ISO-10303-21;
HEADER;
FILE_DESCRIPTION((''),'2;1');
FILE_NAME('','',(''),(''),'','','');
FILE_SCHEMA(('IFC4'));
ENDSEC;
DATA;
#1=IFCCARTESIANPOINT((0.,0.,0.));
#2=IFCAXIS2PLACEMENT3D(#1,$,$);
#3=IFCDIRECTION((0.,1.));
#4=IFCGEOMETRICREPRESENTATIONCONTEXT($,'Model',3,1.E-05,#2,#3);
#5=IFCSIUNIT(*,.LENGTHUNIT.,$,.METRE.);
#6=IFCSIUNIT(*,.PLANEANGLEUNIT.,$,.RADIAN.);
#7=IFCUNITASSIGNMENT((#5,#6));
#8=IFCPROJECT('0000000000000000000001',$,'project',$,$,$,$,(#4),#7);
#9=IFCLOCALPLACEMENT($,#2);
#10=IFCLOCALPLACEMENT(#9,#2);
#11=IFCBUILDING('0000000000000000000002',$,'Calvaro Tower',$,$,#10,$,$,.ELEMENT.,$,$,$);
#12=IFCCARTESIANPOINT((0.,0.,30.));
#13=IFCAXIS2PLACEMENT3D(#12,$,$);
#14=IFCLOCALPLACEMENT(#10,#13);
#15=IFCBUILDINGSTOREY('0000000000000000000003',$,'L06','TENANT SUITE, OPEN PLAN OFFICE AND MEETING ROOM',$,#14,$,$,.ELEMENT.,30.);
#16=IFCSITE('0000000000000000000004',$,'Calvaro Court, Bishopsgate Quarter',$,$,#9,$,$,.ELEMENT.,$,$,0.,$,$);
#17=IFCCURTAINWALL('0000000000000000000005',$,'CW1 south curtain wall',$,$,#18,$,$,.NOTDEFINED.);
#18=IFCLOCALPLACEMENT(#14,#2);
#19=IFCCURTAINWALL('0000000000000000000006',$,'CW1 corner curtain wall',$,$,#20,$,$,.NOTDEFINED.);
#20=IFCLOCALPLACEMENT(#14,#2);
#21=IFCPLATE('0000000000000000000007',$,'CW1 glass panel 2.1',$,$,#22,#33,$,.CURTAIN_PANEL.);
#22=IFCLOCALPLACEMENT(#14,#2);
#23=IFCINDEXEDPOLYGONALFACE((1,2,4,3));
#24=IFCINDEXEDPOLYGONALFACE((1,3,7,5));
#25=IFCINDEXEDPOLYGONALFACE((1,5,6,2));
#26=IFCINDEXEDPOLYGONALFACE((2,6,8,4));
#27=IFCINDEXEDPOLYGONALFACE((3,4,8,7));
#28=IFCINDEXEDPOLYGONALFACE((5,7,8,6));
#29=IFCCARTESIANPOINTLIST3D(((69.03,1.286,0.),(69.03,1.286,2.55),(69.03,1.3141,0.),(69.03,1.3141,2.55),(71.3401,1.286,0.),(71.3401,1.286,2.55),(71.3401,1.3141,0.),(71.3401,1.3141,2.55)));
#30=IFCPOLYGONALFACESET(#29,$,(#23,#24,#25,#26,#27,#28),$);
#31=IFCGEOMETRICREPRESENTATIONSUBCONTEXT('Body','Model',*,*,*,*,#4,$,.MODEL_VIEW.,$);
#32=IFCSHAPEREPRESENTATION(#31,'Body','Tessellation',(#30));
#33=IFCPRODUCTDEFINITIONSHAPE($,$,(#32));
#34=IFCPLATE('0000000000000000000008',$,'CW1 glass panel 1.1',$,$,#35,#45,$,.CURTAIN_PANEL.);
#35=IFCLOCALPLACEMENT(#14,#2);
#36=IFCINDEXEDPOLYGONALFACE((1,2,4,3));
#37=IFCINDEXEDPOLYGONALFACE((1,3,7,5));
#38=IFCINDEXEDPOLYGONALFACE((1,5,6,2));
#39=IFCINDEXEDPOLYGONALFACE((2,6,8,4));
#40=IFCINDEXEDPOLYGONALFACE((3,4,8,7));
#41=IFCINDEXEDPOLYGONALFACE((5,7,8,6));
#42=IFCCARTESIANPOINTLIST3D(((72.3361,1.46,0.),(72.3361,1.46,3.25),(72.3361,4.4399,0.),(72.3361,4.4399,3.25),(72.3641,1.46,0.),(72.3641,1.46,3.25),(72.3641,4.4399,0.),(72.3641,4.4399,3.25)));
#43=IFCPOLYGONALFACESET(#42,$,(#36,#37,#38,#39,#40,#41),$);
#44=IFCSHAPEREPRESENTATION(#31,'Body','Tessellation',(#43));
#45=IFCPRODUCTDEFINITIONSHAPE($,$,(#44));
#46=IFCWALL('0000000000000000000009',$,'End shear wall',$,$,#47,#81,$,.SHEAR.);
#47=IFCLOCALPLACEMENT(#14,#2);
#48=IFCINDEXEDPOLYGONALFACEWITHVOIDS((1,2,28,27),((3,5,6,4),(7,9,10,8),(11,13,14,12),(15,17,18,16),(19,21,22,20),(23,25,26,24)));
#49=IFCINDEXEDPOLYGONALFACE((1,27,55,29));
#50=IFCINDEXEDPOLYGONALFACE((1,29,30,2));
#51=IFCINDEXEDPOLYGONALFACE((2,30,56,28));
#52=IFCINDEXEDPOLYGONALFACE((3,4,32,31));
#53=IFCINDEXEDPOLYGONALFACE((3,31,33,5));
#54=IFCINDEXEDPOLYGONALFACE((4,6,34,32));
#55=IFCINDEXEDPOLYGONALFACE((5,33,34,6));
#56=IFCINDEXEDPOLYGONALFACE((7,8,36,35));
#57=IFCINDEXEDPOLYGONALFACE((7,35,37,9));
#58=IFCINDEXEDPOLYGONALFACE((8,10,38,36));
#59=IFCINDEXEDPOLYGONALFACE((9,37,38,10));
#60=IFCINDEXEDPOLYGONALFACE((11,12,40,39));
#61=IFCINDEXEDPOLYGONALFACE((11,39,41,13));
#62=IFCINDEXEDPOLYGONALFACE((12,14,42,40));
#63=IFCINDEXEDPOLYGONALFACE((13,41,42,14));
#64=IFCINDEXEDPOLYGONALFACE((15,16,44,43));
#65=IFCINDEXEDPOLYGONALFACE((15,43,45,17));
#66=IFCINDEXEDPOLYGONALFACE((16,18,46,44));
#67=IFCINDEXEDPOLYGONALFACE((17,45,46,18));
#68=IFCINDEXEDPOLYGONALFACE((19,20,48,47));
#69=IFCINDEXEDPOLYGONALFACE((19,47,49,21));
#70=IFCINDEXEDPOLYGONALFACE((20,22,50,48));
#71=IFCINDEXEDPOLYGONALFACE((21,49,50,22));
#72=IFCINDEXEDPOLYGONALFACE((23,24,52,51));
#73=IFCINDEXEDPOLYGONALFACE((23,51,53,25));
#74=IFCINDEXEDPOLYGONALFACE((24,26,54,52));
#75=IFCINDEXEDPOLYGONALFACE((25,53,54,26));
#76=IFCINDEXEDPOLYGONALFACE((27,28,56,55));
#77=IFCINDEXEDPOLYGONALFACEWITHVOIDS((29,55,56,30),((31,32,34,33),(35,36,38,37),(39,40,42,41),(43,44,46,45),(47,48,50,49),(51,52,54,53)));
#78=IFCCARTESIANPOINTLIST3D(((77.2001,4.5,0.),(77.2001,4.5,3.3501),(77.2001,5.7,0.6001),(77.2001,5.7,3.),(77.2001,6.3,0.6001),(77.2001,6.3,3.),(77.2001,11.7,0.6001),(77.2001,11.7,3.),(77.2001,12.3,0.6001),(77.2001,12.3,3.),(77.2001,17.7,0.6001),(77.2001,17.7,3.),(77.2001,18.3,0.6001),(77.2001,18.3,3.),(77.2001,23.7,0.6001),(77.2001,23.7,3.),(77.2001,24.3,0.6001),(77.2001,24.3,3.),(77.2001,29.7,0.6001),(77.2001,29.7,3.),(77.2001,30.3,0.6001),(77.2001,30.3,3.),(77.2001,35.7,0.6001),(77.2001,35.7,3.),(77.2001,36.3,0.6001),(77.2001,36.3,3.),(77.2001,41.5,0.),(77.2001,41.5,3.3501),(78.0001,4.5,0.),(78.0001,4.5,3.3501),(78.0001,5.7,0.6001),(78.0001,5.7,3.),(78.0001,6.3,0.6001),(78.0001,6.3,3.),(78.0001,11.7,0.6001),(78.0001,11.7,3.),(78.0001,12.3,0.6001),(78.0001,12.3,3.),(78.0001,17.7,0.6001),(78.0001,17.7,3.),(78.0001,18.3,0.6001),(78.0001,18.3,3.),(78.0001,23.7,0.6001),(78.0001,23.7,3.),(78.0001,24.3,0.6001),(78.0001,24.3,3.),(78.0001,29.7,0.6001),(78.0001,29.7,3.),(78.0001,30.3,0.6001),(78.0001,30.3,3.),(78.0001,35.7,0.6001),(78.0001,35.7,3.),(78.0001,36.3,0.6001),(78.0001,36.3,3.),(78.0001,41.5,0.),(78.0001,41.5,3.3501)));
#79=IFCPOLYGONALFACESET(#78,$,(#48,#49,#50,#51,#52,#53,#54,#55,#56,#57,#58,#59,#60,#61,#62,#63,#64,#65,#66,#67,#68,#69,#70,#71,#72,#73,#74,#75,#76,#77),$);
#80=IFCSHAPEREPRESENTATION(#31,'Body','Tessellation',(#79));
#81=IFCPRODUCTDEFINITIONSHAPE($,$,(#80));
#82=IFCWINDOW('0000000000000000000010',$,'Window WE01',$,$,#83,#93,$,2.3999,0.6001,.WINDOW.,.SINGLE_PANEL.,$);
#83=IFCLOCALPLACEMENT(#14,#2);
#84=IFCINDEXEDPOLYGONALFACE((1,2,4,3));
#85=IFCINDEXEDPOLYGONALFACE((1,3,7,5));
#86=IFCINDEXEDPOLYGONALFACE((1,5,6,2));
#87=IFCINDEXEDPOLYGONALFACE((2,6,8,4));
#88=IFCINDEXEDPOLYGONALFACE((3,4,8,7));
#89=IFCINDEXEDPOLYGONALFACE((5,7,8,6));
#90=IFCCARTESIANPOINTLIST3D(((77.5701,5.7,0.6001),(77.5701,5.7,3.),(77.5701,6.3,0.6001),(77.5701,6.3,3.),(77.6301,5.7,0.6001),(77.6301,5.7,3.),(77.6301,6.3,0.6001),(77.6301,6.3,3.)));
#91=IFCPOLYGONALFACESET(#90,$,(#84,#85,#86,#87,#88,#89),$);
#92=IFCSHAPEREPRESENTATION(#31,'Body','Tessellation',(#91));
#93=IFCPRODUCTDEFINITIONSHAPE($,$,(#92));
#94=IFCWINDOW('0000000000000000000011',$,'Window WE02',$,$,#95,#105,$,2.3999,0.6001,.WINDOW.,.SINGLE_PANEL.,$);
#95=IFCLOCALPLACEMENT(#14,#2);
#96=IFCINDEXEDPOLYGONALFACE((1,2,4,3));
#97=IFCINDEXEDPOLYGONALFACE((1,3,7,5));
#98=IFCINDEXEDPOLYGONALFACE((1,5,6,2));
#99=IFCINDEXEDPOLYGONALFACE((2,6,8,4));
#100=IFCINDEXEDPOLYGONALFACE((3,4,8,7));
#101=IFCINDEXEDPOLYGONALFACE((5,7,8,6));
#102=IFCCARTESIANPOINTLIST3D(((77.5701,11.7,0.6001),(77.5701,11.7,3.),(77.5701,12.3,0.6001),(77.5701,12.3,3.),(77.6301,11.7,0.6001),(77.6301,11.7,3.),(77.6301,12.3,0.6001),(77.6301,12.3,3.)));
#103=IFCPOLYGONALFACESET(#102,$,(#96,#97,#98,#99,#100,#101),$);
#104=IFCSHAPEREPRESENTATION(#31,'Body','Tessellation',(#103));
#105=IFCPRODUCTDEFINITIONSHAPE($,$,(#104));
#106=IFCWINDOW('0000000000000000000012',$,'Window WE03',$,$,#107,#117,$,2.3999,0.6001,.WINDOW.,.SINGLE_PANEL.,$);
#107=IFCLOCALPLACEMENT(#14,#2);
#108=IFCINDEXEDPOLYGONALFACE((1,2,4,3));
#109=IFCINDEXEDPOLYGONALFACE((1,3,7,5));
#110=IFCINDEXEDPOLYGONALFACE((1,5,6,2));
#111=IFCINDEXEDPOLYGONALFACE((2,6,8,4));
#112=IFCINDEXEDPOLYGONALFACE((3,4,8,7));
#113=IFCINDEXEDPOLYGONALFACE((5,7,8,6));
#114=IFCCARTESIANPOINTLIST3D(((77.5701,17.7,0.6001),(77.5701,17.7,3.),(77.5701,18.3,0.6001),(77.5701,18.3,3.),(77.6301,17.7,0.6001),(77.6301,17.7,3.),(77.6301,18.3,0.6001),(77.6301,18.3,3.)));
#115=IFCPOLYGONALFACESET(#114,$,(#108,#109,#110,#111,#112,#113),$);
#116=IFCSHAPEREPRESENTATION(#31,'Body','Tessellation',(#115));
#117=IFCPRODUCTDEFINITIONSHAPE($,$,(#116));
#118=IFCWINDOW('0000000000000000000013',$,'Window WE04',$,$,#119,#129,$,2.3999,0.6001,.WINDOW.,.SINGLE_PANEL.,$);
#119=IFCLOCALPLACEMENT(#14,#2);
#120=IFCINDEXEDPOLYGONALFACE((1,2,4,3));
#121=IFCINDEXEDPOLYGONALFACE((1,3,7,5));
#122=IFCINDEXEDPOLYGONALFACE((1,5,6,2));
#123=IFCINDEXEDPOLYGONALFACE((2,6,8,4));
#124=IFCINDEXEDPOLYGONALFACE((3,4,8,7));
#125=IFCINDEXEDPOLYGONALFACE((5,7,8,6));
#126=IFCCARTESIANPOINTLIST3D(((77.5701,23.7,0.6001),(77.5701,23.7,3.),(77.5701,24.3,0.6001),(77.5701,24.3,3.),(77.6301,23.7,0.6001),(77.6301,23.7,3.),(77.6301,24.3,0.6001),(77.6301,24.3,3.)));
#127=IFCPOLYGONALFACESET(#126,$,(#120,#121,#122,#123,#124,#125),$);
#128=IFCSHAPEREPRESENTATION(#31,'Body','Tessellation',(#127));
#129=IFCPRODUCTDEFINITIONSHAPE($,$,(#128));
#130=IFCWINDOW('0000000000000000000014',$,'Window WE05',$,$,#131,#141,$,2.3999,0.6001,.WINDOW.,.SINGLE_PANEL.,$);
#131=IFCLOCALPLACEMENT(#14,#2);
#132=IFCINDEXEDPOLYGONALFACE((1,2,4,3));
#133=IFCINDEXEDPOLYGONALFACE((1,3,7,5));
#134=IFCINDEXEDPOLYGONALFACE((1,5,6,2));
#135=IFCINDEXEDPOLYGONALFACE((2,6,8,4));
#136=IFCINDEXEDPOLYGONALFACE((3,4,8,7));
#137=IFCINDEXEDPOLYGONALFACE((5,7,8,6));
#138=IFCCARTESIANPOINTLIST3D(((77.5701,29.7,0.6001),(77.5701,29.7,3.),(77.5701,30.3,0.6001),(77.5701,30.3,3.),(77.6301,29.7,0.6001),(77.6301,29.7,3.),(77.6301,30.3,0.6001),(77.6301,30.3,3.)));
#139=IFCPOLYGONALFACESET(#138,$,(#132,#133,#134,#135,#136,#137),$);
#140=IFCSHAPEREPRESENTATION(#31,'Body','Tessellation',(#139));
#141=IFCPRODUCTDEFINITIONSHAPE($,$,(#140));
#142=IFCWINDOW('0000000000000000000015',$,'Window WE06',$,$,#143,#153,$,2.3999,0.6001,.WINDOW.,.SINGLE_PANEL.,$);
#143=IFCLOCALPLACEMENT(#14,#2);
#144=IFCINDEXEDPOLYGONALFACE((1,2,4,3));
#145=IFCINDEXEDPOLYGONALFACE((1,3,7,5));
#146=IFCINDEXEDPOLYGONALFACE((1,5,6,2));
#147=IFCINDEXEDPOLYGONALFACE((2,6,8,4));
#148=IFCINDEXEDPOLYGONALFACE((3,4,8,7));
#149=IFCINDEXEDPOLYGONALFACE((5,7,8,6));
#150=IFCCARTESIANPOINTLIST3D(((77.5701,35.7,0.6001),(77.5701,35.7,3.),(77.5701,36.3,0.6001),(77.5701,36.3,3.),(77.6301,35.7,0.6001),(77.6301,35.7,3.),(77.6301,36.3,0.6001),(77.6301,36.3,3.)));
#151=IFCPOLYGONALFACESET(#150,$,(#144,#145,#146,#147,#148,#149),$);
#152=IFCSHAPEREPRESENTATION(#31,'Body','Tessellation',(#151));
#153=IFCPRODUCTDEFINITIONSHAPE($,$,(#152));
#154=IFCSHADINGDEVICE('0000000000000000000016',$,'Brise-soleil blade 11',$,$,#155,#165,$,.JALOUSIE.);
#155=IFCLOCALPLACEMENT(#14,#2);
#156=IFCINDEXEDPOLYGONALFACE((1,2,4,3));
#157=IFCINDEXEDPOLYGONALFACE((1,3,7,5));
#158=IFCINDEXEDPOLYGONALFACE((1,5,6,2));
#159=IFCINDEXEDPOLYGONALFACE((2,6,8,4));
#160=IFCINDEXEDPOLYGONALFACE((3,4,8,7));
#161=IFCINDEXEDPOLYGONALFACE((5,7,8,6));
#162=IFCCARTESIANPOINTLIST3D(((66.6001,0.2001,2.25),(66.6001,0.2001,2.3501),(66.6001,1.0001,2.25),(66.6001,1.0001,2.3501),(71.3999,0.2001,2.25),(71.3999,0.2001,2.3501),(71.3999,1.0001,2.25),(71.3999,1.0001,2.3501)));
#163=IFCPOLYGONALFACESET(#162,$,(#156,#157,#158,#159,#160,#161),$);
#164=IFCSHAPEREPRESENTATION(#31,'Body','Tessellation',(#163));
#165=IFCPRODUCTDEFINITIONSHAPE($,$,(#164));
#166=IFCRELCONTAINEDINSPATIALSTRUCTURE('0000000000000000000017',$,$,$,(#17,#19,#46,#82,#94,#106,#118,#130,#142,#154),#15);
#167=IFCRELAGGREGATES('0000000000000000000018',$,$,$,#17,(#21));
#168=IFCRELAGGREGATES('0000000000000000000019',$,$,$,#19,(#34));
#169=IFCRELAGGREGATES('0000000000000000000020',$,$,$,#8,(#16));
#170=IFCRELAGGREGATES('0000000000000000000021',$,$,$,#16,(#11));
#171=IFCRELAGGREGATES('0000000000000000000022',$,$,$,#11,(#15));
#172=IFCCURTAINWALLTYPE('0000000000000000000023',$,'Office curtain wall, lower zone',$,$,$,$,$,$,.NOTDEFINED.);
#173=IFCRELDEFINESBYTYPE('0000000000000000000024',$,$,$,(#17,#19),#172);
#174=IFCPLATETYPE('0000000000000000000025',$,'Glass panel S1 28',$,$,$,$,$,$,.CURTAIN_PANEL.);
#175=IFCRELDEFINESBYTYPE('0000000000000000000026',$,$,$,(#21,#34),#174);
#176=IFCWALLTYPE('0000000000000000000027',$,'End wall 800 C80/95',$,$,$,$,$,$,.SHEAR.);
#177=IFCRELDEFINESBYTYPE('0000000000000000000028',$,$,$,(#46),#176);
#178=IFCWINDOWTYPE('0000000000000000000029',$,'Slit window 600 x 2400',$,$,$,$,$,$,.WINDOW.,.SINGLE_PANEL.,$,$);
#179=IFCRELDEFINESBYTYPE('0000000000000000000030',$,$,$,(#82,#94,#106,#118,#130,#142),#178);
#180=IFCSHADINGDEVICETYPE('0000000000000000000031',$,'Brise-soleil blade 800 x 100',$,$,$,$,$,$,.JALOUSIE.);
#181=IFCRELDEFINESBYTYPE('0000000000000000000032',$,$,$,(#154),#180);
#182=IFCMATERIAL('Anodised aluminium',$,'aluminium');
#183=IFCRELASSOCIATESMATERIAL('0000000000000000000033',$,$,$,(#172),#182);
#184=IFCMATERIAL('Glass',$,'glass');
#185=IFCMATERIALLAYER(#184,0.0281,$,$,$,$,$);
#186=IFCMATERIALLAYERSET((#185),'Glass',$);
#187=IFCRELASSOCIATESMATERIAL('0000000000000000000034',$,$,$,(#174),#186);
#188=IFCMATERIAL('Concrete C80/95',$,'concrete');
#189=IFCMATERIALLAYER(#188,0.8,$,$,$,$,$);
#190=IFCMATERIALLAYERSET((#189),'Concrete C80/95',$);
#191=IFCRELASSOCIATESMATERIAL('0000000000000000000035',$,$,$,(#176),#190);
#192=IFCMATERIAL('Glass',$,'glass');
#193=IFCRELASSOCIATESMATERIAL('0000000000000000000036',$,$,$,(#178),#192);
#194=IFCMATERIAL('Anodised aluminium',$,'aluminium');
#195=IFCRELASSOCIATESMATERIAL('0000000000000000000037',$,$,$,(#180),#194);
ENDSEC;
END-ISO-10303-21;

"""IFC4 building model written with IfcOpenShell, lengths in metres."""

from ifc_helpers import new_model, si_unit, direction, frame, frame_2d, origin, origin_2d, place, context, subcontext, project, spatial, rectangle, extrude, material, layer, layer_set, material_profile, profile_set, type_object, element, fill, aggregate, save


model = new_model("IFC4")

# Units and contexts
model_context = context("Model", 3, precision=1e-05, world=origin(), true_north=direction((0.0, 1.0)))
body_context = subcontext(model_context, "Body", "Model", "MODEL_VIEW")
ifc_project = project(units=[si_unit("LENGTHUNIT", "METRE"), si_unit("PLANEANGLEUNIT", "RADIAN")], contexts=[model_context])

# Site, building, storey
site_placement = place(None, origin())
site = spatial("IfcSite", under=ifc_project, at=site_placement, Name="Calvaro Court, Bishopsgate Quarter", CompositionType="ELEMENT", RefElevation=0.0)
building_placement = place(site_placement, origin())
building = spatial("IfcBuilding", under=site, at=building_placement, Name="Calvaro Tower", CompositionType="ELEMENT")
storey_placement = place(building_placement, frame((0.0, 0.0, 30.0)))
storey = spatial("IfcBuildingStorey", under=building, at=storey_placement, Name="L06", Description="TENANT SUITE, OPEN PLAN OFFICE AND MEETING ROOM", CompositionType="ELEMENT", Elevation=30.0)

# Shared definitions
ifc_material_1 = material(Name="Anodised aluminium", Category="aluminium")
curtain_wall_type = type_object("IfcCurtainWallType", Name="Office curtain wall, lower zone", PredefinedType="NOTDEFINED", material=ifc_material_1)

# Curtain walls
curtain_wall_1_placement = place(storey_placement, origin())
curtain_wall_1 = element("IfcCurtainWall", 1, at=curtain_wall_1_placement, inside=storey, type_object=curtain_wall_type, Name="CW1 south curtain wall", PredefinedType="NOTDEFINED")
curtain_wall_2_placement = place(storey_placement, origin())
curtain_wall_2 = element("IfcCurtainWall", 2, at=curtain_wall_2_placement, inside=storey, type_object=curtain_wall_type, Name="CW1 corner curtain wall", PredefinedType="NOTDEFINED")

# Plates
ifc_material_2 = material(Name="Glass", Category="glass")
ifc_layer_1 = layer(ifc_material_2, 0.0281)
ifc_layer_set_1 = layer_set([ifc_layer_1], Name="Glass")
plate_type = type_object("IfcPlateType", Name="Glass panel S1 28", PredefinedType="CURTAIN_PANEL", material=ifc_layer_set_1)
plate_1_placement = place(storey_placement, frame((70.1851, 1.3, 0.0), z_axis=(0.0, 0.0, 1.0), x_axis=(1.0, 0.0, 0.0)))
plate_1 = element("IfcPlate", 3, at=plate_1_placement, type_object=plate_type, Name="CW1 glass panel 2.1", PredefinedType="CURTAIN_PANEL", context=body_context, shape_type="SweptSolid", body=[
    extrude(rectangle(XDim=2.3101, YDim=0.0281, at=origin_2d()), origin(), (0.0, 0.0, 1.0), 2.55),
])
aggregate(curtain_wall_1, [plate_1])
plate_2_placement = place(storey_placement, frame((72.3501, 2.95, 0.0), z_axis=(0.0, 0.0, 1.0), x_axis=(0.0, 1.0, 0.0)))
plate_2 = element("IfcPlate", 4, at=plate_2_placement, type_object=plate_type, Name="CW1 glass panel 1.1", PredefinedType="CURTAIN_PANEL", context=body_context, shape_type="SweptSolid", body=[
    extrude(rectangle(XDim=2.98, YDim=0.0281, at=origin_2d()), origin(), (0.0, 0.0, 1.0), 3.25),
])
aggregate(curtain_wall_2, [plate_2])

# Wall, openings, windows
ifc_material_3 = material(Name="Concrete C80/95", Category="concrete")
ifc_layer_2 = layer(ifc_material_3, 0.8)
ifc_layer_set_2 = layer_set([ifc_layer_2], Name="Concrete C80/95")
wall_type = type_object("IfcWallType", Name="End wall 800 C80/95", PredefinedType="SHEAR", material=ifc_layer_set_2)
wall_placement = place(storey_placement, frame((77.6001, 4.5, 0.0), z_axis=(0.0, 0.0, 1.0), x_axis=(0.0, 1.0, 0.0)))
wall = element("IfcWall", 5, at=wall_placement, inside=storey, type_object=wall_type, Name="End shear wall", PredefinedType="SHEAR", context=body_context, shape_type="SweptSolid", body=[
    extrude(rectangle(XDim=37.0, YDim=0.8, at=frame_2d((18.5, 0.0))), origin(), (0.0, 0.0, 1.0), 3.3501),
])
opening_1_placement = place(wall_placement, frame((1.2, 0.0, 0.6001)))
opening_1 = element("IfcOpeningElement", 6, at=opening_1_placement, cuts=wall, PredefinedType="OPENING", context=body_context, shape_type="SweptSolid", body=[
    extrude(rectangle(XDim=0.6001, YDim=2.3999, at=frame_2d((0.3, 1.2))), frame((0.0, 0.4099, 0.0), z_axis=(0.0, -1.0, 0.0), x_axis=(1.0, 0.0, 0.0)), (0.0, 0.0, 1.0), 0.8201),
])
opening_2_placement = place(wall_placement, frame((7.2, 0.0, 0.6001)))
opening_2 = element("IfcOpeningElement", 7, at=opening_2_placement, cuts=wall, PredefinedType="OPENING", context=body_context, shape_type="SweptSolid", body=[
    extrude(rectangle(XDim=0.6001, YDim=2.3999, at=frame_2d((0.3, 1.2))), frame((0.0, 0.4099, 0.0), z_axis=(0.0, -1.0, 0.0), x_axis=(1.0, 0.0, 0.0)), (0.0, 0.0, 1.0), 0.8201),
])
opening_3_placement = place(wall_placement, frame((13.2, 0.0, 0.6001)))
opening_3 = element("IfcOpeningElement", 8, at=opening_3_placement, cuts=wall, PredefinedType="OPENING", context=body_context, shape_type="SweptSolid", body=[
    extrude(rectangle(XDim=0.6001, YDim=2.3999, at=frame_2d((0.3, 1.2))), frame((0.0, 0.4099, 0.0), z_axis=(0.0, -1.0, 0.0), x_axis=(1.0, 0.0, 0.0)), (0.0, 0.0, 1.0), 0.8201),
])
opening_4_placement = place(wall_placement, frame((19.2, 0.0, 0.6001)))
opening_4 = element("IfcOpeningElement", 9, at=opening_4_placement, cuts=wall, PredefinedType="OPENING", context=body_context, shape_type="SweptSolid", body=[
    extrude(rectangle(XDim=0.6001, YDim=2.3999, at=frame_2d((0.3, 1.2))), frame((0.0, 0.4099, 0.0), z_axis=(0.0, -1.0, 0.0), x_axis=(1.0, 0.0, 0.0)), (0.0, 0.0, 1.0), 0.8201),
])
opening_5_placement = place(wall_placement, frame((25.2, 0.0, 0.6001)))
opening_5 = element("IfcOpeningElement", 10, at=opening_5_placement, cuts=wall, PredefinedType="OPENING", context=body_context, shape_type="SweptSolid", body=[
    extrude(rectangle(XDim=0.6001, YDim=2.3999, at=frame_2d((0.3, 1.2))), frame((0.0, 0.4099, 0.0), z_axis=(0.0, -1.0, 0.0), x_axis=(1.0, 0.0, 0.0)), (0.0, 0.0, 1.0), 0.8201),
])
opening_6_placement = place(wall_placement, frame((31.2, 0.0, 0.6001)))
opening_6 = element("IfcOpeningElement", 11, at=opening_6_placement, cuts=wall, PredefinedType="OPENING", context=body_context, shape_type="SweptSolid", body=[
    extrude(rectangle(XDim=0.6001, YDim=2.3999, at=frame_2d((0.3, 1.2))), frame((0.0, 0.4099, 0.0), z_axis=(0.0, -1.0, 0.0), x_axis=(1.0, 0.0, 0.0)), (0.0, 0.0, 1.0), 0.8201),
])
ifc_material_4 = material(Name="Glass", Category="glass")
window_type = type_object("IfcWindowType", Name="Slit window 600 x 2400", PartitioningType="SINGLE_PANEL", PredefinedType="WINDOW", material=ifc_material_4)
window_1_placement = place(opening_1_placement, origin())
window_1 = element("IfcWindow", 12, at=window_1_placement, inside=storey, type_object=window_type, Name="Window WE01", OverallHeight=2.3999, OverallWidth=0.6001, PartitioningType="SINGLE_PANEL", PredefinedType="WINDOW", context=body_context, shape_type="SweptSolid", body=[
    extrude(rectangle(XDim=0.6001, YDim=2.3999, at=frame_2d((0.3, 1.2))), frame((0.0, 0.03, 0.0), z_axis=(0.0, -1.0, 0.0), x_axis=(1.0, 0.0, 0.0)), (0.0, 0.0, 1.0), 0.0601),
])
fill(opening_1, window_1)
window_2_placement = place(opening_2_placement, origin())
window_2 = element("IfcWindow", 13, at=window_2_placement, inside=storey, type_object=window_type, Name="Window WE02", OverallHeight=2.3999, OverallWidth=0.6001, PartitioningType="SINGLE_PANEL", PredefinedType="WINDOW", context=body_context, shape_type="SweptSolid", body=[
    extrude(rectangle(XDim=0.6001, YDim=2.3999, at=frame_2d((0.3, 1.2))), frame((0.0, 0.03, 0.0), z_axis=(0.0, -1.0, 0.0), x_axis=(1.0, 0.0, 0.0)), (0.0, 0.0, 1.0), 0.0601),
])
fill(opening_2, window_2)
window_3_placement = place(opening_3_placement, origin())
window_3 = element("IfcWindow", 14, at=window_3_placement, inside=storey, type_object=window_type, Name="Window WE03", OverallHeight=2.3999, OverallWidth=0.6001, PartitioningType="SINGLE_PANEL", PredefinedType="WINDOW", context=body_context, shape_type="SweptSolid", body=[
    extrude(rectangle(XDim=0.6001, YDim=2.3999, at=frame_2d((0.3, 1.2))), frame((0.0, 0.03, 0.0), z_axis=(0.0, -1.0, 0.0), x_axis=(1.0, 0.0, 0.0)), (0.0, 0.0, 1.0), 0.0601),
])
fill(opening_3, window_3)
window_4_placement = place(opening_4_placement, origin())
window_4 = element("IfcWindow", 15, at=window_4_placement, inside=storey, type_object=window_type, Name="Window WE04", OverallHeight=2.3999, OverallWidth=0.6001, PartitioningType="SINGLE_PANEL", PredefinedType="WINDOW", context=body_context, shape_type="SweptSolid", body=[
    extrude(rectangle(XDim=0.6001, YDim=2.3999, at=frame_2d((0.3, 1.2))), frame((0.0, 0.03, 0.0), z_axis=(0.0, -1.0, 0.0), x_axis=(1.0, 0.0, 0.0)), (0.0, 0.0, 1.0), 0.0601),
])
fill(opening_4, window_4)
window_5_placement = place(opening_5_placement, origin())
window_5 = element("IfcWindow", 16, at=window_5_placement, inside=storey, type_object=window_type, Name="Window WE05", OverallHeight=2.3999, OverallWidth=0.6001, PartitioningType="SINGLE_PANEL", PredefinedType="WINDOW", context=body_context, shape_type="SweptSolid", body=[
    extrude(rectangle(XDim=0.6001, YDim=2.3999, at=frame_2d((0.3, 1.2))), frame((0.0, 0.03, 0.0), z_axis=(0.0, -1.0, 0.0), x_axis=(1.0, 0.0, 0.0)), (0.0, 0.0, 1.0), 0.0601),
])
fill(opening_5, window_5)
window_6_placement = place(opening_6_placement, origin())
window_6 = element("IfcWindow", 17, at=window_6_placement, inside=storey, type_object=window_type, Name="Window WE06", OverallHeight=2.3999, OverallWidth=0.6001, PartitioningType="SINGLE_PANEL", PredefinedType="WINDOW", context=body_context, shape_type="SweptSolid", body=[
    extrude(rectangle(XDim=0.6001, YDim=2.3999, at=frame_2d((0.3, 1.2))), frame((0.0, 0.03, 0.0), z_axis=(0.0, -1.0, 0.0), x_axis=(1.0, 0.0, 0.0)), (0.0, 0.0, 1.0), 0.0601),
])
fill(opening_6, window_6)

# Shading device
ifc_material_5 = material(Name="Anodised aluminium", Category="aluminium")
ifc_material_profile_1 = material_profile(ifc_material_5, rectangle(XDim=0.8, YDim=0.1001, at=origin_2d()), Name="Brise-soleil blade 800 x 100")
ifc_profile_set_1 = profile_set([ifc_material_profile_1], Name="Anodised aluminium")
shading_device_type = type_object("IfcShadingDeviceType", Name="Brise-soleil blade 800 x 100", PredefinedType="JALOUSIE", material=ifc_profile_set_1)
shading_device_placement = place(storey_placement, frame((66.6001, 0.6001, 2.3), z_axis=(1.0, 0.0, 0.0), x_axis=(0.0, 1.0, 0.0)))
element("IfcShadingDevice", 18, at=shading_device_placement, inside=storey, type_object=shading_device_type, Name="Brise-soleil blade 11", PredefinedType="JALOUSIE", context=body_context, shape_type="SweptSolid", body=[
    extrude(rectangle(XDim=0.8, YDim=0.1001, at=origin_2d()), origin(), (0.0, 0.0, 1.0), 4.7998),
])

save(model, "model.ifc")
